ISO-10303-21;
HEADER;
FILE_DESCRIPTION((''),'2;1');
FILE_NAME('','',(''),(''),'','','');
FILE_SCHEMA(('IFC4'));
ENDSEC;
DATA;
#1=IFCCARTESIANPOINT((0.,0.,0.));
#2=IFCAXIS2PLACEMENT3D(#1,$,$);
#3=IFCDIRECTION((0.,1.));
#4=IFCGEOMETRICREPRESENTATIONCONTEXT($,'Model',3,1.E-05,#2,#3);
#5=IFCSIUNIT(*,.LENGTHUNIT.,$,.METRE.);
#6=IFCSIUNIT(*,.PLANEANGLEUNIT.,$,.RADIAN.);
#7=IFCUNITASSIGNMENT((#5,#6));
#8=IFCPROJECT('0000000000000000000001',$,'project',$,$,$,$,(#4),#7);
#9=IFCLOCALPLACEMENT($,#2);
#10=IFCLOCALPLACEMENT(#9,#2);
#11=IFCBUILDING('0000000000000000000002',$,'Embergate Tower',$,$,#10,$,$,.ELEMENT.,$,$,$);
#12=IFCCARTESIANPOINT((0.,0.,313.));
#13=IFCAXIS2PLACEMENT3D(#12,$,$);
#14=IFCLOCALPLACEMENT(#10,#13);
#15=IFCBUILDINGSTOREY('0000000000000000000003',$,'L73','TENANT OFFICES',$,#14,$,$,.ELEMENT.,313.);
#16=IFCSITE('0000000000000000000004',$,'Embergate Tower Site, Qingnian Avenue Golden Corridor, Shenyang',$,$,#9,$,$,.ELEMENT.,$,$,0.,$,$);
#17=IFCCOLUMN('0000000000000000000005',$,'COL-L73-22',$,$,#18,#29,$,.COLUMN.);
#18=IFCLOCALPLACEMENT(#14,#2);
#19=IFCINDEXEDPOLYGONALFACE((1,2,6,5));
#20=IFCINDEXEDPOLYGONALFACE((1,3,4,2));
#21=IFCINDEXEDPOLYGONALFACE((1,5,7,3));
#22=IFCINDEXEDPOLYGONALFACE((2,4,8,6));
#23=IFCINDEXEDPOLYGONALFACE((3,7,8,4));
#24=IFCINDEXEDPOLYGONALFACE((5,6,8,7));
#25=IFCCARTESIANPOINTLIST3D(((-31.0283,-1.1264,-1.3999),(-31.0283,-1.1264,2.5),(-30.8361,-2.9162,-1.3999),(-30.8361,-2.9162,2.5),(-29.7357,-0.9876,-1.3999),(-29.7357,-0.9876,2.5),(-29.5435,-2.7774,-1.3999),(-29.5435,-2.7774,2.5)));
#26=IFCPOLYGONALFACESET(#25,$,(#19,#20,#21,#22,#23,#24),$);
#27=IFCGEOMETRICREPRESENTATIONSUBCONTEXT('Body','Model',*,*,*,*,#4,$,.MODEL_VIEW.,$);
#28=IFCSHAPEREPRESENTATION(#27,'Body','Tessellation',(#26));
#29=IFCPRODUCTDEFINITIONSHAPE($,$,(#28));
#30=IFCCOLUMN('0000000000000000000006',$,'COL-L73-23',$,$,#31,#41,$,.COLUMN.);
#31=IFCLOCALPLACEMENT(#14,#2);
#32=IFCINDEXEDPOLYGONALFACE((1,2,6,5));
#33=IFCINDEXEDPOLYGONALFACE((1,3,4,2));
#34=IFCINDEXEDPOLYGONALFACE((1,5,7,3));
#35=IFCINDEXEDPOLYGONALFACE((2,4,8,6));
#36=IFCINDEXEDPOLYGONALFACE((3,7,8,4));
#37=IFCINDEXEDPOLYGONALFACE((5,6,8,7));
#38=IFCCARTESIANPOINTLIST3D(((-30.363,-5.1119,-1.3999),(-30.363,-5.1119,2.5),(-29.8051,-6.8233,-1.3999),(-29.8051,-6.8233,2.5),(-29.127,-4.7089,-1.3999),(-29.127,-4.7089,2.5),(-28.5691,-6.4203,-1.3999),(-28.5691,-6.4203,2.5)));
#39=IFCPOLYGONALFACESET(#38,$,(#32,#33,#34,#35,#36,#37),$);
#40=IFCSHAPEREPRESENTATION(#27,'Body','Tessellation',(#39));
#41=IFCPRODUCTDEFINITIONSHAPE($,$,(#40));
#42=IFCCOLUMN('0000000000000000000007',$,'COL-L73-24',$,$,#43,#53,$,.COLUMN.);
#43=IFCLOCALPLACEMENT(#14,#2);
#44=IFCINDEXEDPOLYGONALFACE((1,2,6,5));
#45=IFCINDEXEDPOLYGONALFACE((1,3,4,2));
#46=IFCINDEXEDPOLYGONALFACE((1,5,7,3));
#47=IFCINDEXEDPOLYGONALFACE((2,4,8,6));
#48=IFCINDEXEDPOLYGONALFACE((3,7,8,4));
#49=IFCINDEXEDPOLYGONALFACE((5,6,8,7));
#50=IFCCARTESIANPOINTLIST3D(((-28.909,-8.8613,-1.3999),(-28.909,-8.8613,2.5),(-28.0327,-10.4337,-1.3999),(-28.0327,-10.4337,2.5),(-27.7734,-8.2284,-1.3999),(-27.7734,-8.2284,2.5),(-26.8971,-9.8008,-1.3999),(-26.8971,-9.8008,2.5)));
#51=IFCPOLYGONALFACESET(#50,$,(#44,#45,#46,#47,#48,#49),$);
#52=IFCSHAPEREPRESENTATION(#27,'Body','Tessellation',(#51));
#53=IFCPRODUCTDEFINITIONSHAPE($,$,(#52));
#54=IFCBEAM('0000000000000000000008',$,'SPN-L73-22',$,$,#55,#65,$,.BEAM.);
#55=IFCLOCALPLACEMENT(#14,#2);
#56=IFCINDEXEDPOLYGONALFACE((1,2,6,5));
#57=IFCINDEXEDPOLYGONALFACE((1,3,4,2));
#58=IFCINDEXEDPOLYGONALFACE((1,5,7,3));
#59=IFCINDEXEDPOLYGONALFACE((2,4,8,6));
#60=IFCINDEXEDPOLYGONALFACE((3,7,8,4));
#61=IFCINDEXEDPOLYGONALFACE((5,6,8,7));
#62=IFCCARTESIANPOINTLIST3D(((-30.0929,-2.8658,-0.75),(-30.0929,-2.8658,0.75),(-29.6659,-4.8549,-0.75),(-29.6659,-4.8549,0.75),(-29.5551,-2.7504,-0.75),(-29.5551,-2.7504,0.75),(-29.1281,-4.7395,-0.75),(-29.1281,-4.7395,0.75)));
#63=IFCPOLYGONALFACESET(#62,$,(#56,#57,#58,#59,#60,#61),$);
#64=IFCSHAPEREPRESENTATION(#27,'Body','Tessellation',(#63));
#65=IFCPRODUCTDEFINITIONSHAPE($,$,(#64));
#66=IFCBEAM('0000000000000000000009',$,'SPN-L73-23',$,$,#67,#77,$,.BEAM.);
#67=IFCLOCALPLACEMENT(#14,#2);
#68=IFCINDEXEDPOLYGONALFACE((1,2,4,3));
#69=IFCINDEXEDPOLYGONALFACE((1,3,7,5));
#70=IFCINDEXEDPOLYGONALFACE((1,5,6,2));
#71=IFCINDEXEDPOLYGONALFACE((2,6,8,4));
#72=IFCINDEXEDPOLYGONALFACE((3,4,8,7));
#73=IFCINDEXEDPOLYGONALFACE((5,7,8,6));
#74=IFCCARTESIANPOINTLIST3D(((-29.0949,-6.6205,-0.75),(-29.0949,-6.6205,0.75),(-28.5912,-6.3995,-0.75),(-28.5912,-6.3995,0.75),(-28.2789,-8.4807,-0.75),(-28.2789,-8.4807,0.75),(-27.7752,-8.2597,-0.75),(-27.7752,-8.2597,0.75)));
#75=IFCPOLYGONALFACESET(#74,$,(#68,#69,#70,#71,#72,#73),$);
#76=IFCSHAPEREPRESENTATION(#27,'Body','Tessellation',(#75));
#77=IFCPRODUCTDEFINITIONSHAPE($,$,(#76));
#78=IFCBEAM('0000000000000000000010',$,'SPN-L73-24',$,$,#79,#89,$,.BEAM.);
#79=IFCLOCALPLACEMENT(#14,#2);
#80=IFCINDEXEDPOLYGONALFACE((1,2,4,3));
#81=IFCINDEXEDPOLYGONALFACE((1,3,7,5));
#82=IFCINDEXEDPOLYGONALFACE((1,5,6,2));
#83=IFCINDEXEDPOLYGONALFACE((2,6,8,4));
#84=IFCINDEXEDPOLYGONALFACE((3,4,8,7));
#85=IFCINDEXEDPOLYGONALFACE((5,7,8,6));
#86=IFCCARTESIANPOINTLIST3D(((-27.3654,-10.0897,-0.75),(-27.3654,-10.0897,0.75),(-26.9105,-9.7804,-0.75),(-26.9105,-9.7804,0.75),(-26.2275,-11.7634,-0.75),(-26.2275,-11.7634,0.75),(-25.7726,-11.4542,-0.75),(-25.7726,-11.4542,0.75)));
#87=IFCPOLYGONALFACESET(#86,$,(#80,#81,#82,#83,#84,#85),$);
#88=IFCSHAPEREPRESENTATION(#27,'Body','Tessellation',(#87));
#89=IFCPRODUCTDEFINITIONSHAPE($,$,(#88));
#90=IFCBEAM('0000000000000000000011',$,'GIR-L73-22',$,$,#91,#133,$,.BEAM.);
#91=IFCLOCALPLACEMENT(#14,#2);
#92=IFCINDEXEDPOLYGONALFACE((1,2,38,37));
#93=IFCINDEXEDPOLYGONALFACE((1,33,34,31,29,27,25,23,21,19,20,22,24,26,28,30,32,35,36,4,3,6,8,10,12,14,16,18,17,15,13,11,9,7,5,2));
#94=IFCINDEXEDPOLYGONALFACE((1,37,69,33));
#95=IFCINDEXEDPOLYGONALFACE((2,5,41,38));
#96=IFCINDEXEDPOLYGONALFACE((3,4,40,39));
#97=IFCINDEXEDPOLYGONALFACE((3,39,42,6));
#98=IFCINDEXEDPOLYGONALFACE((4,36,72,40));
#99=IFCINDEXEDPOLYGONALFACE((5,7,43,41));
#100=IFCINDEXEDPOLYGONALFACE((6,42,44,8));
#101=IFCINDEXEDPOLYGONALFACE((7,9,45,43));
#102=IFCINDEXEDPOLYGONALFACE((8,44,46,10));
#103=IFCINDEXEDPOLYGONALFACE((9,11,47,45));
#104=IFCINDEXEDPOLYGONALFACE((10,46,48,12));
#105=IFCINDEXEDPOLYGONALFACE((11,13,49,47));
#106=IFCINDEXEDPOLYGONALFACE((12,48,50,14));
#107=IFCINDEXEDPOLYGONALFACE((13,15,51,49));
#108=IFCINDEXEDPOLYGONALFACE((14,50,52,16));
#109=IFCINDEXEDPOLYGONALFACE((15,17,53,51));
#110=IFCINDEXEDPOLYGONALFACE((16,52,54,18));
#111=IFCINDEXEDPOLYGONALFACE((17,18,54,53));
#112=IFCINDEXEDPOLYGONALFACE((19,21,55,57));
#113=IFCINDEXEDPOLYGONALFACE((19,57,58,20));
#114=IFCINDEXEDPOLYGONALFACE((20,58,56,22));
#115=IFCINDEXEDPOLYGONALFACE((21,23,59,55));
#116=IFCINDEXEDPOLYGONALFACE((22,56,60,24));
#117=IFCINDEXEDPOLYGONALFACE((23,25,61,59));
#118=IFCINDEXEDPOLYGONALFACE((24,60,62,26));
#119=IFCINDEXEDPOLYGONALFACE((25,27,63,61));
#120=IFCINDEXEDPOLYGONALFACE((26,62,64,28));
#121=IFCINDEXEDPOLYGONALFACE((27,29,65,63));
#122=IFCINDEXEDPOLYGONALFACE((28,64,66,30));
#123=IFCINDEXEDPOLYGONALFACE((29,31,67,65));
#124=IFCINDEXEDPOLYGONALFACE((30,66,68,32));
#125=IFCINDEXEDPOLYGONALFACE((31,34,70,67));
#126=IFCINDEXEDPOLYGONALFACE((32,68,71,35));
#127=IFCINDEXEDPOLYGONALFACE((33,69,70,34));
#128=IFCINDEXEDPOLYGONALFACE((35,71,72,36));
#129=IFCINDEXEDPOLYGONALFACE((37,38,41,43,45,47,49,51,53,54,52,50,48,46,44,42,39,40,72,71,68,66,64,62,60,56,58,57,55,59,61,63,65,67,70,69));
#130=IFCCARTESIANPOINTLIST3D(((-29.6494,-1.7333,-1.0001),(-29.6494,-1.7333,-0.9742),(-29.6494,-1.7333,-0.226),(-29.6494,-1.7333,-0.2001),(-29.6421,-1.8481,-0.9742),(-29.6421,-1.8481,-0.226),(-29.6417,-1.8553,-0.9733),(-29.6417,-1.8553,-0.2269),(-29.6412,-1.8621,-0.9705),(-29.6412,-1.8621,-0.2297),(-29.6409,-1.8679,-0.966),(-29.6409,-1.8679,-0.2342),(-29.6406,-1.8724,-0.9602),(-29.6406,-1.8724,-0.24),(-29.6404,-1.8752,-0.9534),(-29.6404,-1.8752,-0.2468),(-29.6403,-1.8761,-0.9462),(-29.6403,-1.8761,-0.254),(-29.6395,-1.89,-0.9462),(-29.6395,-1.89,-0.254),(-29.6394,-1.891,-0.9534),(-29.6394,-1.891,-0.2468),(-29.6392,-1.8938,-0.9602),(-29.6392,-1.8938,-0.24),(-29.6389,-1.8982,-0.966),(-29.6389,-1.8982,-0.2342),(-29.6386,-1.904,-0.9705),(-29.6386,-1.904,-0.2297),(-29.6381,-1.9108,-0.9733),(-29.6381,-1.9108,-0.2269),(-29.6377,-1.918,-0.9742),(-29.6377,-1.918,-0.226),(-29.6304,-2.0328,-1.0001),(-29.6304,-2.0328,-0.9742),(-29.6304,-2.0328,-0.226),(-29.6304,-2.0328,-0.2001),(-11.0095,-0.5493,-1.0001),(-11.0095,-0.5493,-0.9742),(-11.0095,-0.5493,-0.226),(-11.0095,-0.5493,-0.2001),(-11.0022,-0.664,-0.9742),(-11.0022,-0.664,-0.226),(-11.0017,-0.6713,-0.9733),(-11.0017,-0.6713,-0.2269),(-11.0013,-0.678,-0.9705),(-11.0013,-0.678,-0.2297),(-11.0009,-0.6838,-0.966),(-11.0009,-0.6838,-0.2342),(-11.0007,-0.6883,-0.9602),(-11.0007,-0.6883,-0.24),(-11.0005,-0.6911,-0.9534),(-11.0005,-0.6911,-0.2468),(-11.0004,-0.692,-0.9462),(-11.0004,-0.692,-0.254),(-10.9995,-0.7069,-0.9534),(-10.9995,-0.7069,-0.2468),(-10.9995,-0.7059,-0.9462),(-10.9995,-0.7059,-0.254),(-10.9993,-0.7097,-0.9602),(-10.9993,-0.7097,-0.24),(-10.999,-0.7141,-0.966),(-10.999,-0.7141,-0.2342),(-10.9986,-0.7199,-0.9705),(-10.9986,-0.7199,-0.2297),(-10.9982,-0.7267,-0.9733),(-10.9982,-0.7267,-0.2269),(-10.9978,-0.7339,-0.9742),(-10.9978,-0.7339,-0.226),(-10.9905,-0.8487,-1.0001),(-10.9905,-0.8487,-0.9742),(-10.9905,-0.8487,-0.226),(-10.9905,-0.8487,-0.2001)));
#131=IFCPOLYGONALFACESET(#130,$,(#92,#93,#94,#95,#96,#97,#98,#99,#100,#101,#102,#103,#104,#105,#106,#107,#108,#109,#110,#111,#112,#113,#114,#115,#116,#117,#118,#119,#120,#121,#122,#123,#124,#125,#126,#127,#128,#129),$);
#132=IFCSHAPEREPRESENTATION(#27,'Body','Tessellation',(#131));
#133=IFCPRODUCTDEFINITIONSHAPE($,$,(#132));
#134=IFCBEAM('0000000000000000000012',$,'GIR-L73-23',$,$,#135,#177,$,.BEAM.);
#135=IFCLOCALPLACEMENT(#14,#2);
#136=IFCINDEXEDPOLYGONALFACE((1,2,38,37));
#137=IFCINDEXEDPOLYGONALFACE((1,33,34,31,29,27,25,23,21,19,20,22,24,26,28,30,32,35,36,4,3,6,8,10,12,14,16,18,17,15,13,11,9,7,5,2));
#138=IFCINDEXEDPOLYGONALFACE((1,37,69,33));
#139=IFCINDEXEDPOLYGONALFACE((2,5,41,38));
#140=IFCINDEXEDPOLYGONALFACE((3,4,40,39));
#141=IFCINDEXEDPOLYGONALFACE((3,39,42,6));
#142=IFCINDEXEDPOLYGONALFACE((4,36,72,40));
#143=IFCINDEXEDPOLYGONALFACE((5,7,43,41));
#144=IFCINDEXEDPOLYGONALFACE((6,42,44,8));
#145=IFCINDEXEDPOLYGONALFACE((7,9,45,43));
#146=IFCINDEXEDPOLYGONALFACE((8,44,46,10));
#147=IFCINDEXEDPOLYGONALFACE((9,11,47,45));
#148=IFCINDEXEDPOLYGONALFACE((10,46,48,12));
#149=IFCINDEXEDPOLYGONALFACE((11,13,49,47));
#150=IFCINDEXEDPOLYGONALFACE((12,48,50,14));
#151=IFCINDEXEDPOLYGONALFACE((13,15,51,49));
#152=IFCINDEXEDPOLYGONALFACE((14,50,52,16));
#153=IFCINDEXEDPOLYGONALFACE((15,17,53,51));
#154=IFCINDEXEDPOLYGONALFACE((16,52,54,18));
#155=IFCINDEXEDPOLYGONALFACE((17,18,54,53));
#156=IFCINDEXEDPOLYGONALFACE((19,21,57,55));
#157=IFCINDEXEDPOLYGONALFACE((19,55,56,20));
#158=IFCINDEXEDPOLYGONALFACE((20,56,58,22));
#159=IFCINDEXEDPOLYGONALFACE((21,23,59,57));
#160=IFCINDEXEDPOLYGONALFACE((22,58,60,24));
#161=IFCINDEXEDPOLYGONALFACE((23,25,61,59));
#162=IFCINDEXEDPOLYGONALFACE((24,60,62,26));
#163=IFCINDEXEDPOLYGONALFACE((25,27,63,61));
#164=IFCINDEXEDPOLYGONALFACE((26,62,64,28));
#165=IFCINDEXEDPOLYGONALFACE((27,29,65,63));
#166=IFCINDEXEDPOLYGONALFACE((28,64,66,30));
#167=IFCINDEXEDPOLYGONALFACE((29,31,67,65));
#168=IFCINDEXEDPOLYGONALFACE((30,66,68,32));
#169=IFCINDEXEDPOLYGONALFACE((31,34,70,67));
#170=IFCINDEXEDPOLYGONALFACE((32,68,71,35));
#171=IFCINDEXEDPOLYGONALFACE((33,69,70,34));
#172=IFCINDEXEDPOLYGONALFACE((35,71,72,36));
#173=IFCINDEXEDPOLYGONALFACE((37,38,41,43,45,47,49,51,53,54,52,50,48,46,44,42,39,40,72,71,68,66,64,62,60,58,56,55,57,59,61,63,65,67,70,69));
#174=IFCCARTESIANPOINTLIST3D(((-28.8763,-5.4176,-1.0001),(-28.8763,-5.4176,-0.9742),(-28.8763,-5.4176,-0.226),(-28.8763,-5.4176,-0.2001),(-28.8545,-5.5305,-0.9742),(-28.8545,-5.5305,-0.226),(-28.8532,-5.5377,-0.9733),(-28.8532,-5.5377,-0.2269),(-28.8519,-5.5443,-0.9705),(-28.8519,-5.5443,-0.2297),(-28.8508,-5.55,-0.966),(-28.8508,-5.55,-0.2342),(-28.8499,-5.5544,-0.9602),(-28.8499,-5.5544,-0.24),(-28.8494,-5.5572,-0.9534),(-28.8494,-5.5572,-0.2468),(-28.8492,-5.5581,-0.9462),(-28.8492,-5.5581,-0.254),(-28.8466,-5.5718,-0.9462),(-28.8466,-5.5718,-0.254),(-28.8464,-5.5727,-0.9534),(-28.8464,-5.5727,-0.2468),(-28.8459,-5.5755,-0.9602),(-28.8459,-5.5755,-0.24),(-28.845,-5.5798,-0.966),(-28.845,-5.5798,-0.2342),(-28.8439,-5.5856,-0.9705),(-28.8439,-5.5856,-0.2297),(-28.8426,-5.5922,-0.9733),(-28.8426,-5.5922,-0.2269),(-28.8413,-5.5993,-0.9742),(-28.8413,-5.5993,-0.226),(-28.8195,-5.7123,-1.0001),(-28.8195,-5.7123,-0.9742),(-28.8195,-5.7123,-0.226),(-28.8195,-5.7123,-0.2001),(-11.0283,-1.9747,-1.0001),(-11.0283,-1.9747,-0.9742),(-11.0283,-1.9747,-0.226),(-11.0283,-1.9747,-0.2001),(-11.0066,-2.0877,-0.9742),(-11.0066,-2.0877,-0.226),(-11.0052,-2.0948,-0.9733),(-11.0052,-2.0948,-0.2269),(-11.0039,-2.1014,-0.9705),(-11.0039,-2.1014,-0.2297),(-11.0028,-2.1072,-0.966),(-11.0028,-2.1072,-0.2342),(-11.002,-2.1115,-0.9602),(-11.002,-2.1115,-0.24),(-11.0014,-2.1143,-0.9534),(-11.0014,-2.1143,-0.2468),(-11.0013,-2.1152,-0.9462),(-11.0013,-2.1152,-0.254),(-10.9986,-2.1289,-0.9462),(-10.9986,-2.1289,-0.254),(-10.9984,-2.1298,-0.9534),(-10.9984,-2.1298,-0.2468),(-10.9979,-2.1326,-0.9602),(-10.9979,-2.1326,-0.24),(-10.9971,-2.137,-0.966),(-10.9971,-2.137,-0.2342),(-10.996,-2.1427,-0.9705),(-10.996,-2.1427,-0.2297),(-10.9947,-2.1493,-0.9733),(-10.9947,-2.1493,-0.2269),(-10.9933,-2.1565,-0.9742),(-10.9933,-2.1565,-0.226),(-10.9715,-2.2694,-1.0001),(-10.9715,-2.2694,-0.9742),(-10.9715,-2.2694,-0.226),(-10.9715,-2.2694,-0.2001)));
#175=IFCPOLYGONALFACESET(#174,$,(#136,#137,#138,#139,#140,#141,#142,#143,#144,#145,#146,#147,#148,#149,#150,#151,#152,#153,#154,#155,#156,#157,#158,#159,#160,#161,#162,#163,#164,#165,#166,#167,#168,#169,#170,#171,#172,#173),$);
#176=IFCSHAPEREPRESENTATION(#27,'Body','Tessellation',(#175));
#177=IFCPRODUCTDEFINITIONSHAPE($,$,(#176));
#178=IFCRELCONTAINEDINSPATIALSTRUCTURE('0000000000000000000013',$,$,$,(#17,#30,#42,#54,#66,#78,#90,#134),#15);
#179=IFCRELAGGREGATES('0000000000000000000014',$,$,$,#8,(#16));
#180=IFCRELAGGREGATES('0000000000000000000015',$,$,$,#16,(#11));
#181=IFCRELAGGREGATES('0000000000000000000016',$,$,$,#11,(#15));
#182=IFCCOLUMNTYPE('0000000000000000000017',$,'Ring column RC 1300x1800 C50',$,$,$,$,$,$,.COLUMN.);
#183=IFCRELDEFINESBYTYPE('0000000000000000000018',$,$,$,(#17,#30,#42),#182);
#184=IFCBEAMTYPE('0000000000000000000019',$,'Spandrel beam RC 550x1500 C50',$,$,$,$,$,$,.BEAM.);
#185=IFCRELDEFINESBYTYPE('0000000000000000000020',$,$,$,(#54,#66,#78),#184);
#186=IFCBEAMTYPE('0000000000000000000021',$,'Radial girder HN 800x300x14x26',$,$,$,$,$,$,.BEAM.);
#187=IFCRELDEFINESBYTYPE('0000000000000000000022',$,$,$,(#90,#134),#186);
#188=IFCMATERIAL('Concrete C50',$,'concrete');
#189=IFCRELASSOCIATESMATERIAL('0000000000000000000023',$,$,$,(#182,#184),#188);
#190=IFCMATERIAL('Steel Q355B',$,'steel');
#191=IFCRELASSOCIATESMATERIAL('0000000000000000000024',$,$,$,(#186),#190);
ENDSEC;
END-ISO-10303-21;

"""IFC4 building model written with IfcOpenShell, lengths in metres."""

from ifc_helpers import new_model, si_unit, direction, frame, origin, origin_2d, place, context, subcontext, project, spatial, rectangle, i_section, extrude, source, transform, mapped, material, material_profile, profile_set, type_object, element, save


model = new_model("IFC4")

# Units and contexts
model_context = context("Model", 3, precision=1e-05, world=origin(), true_north=direction((0.0, 1.0)))
body_context = subcontext(model_context, "Body", "Model", "MODEL_VIEW")
ifc_project = project(units=[si_unit("LENGTHUNIT", "METRE"), si_unit("PLANEANGLEUNIT", "RADIAN")], contexts=[model_context])

# Site, building, storey
site_placement = place(None, origin())
site = spatial("IfcSite", under=ifc_project, at=site_placement, Name="Embergate Tower Site, Qingnian Avenue Golden Corridor, Shenyang", CompositionType="ELEMENT", RefElevation=0.0)
building_placement = place(site_placement, origin())
building = spatial("IfcBuilding", under=site, at=building_placement, Name="Embergate Tower", CompositionType="ELEMENT")
storey_placement = place(building_placement, frame((0.0, 0.0, 313.0)))
storey = spatial("IfcBuildingStorey", under=building, at=storey_placement, Name="L73", Description="TENANT OFFICES", CompositionType="ELEMENT", Elevation=313.0)

# Columns
ifc_material_1 = material(Name="Concrete C50", Category="concrete")
ifc_material_profile_1 = material_profile(ifc_material_1, rectangle(XDim=1.3, YDim=1.8, at=origin_2d()), Name="RC 1300x1800")
ifc_profile_set_1 = profile_set([ifc_material_profile_1], Name="Concrete C50")
column_type = type_object("IfcColumnType", Name="Ring column RC 1300x1800 C50", PredefinedType="COLUMN", material=ifc_profile_set_1)
shared_shape_1 = source(origin(), body_context, "Body", "SweptSolid", [
    extrude(rectangle(XDim=1.3, YDim=1.8, at=origin_2d()), origin(), (0.0, 0.0, 1.0), 3.8999),
])
for number, where, z_axis, x_axis, name in (
    (1, (-30.2859, -1.9519, -1.3999), (0.0, 0.0, 1.0), (-0.994286, -0.10675, 0.0), "COL-L73-22"),
    (2, (-29.4661, -5.7661, -1.3999), (0.0, 0.0, 1.0), (-0.950754, -0.309946, 0.0), "COL-L73-23"),
    (3, (-27.9031, -9.3311, -1.3999), (0.0, 0.0, 1.0), (-0.8735, -0.486823, 0.0), "COL-L73-24"),
):
    element("IfcColumn", number, at=place(storey_placement, frame(where, z_axis=z_axis, x_axis=x_axis)), inside=storey, type_object=column_type, Name=name, PredefinedType="COLUMN", context=body_context, shape_type="MappedRepresentation", body=[
        mapped(shared_shape_1, transform((0.0, 0.0, 0.0))),
    ])

# Beams
ifc_material_profile_2 = material_profile(ifc_material_1, rectangle(XDim=0.55, YDim=1.5, at=origin_2d()), Name="RC 550x1500")
ifc_profile_set_2 = profile_set([ifc_material_profile_2], Name="Concrete C50")
beam_type_1 = type_object("IfcBeamType", Name="Spandrel beam RC 550x1500 C50", PredefinedType="BEAM", material=ifc_profile_set_2)
shared_shape_2 = source(origin(), body_context, "Body", "SweptSolid", [
    extrude(rectangle(XDim=0.55, YDim=1.5, at=origin_2d()), origin(), (0.0, 0.0, 1.0), 2.0344),
])
beam_1_placement = place(storey_placement, frame((-29.824, -2.8081, 0.0), z_axis=(0.209898, -0.977723, 0.0), x_axis=(0.977723, 0.209898, 0.0)))
element("IfcBeam", 4, at=beam_1_placement, inside=storey, type_object=beam_type_1, Name="SPN-L73-22", PredefinedType="BEAM", context=body_context, shape_type="MappedRepresentation", body=[
    mapped(shared_shape_2, transform((0.0, 0.0, 0.0))),
])
shared_shape_3 = source(origin(), body_context, "Body", "SweptSolid", [
    extrude(rectangle(XDim=0.55, YDim=1.5, at=origin_2d()), origin(), (0.0, 0.0, 1.0), 2.0312),
])
beam_2_placement = place(storey_placement, frame((-28.843, -6.51, 0.0), z_axis=(0.401695, -0.915773, 0.0), x_axis=(0.915773, 0.401695, 0.0)))
element("IfcBeam", 5, at=beam_2_placement, inside=storey, type_object=beam_type_1, Name="SPN-L73-23", PredefinedType="BEAM", context=body_context, shape_type="MappedRepresentation", body=[
    mapped(shared_shape_3, transform((0.0, 0.0, 0.0))),
])
shared_shape_4 = source(origin(), body_context, "Body", "SweptSolid", [
    extrude(rectangle(XDim=0.55, YDim=1.5, at=origin_2d()), origin(), (0.0, 0.0, 1.0), 2.0239),
])
beam_3_placement = place(storey_placement, frame((-27.1379, -9.9351, 0.0), z_axis=(0.562221, -0.826987, 0.0), x_axis=(0.826987, 0.562221, 0.0)))
element("IfcBeam", 6, at=beam_3_placement, inside=storey, type_object=beam_type_1, Name="SPN-L73-24", PredefinedType="BEAM", context=body_context, shape_type="MappedRepresentation", body=[
    mapped(shared_shape_4, transform((0.0, 0.0, 0.0))),
])
ifc_material_2 = material(Name="Steel Q355B", Category="steel")
ifc_material_profile_3 = material_profile(ifc_material_2, i_section(OverallWidth=0.3, OverallDepth=0.8, WebThickness=0.0139, FlangeThickness=0.0259, FilletRadius=0.0281, at=origin_2d()), Name="HN 800x300x14x26")
ifc_profile_set_3 = profile_set([ifc_material_profile_3], Name="Steel Q355 grade B")
beam_type_2 = type_object("IfcBeamType", Name="Radial girder HN 800x300x14x26", PredefinedType="BEAM", material=ifc_profile_set_3)
shared_shape_5 = source(origin(), body_context, "Body", "SweptSolid", [
    extrude(i_section(OverallWidth=0.3, OverallDepth=0.8, WebThickness=0.0139, FlangeThickness=0.0259, FilletRadius=0.0281, at=origin_2d()), origin(), (0.0, 0.0, 1.0), 18.6775),
])
beam_4_placement = place(storey_placement, frame((-29.6399, -1.8831, -0.6001), z_axis=(0.997988, 0.063396, 0.0), x_axis=(-0.063396, 0.997988, 0.0)))
element("IfcBeam", 7, at=beam_4_placement, inside=storey, type_object=beam_type_2, Name="GIR-L73-22", PredefinedType="BEAM", context=body_context, shape_type="MappedRepresentation", body=[
    mapped(shared_shape_5, transform((0.0, 0.0, 0.0))),
])
shared_shape_6 = source(origin(), body_context, "Body", "SweptSolid", [
    extrude(i_section(OverallWidth=0.3, OverallDepth=0.8, WebThickness=0.0139, FlangeThickness=0.0259, FilletRadius=0.0281, at=origin_2d()), origin(), (0.0, 0.0, 1.0), 18.177),
])
beam_5_placement = place(storey_placement, frame((-28.8479, -5.5649, -0.6001), z_axis=(0.981898, 0.189409, 0.0), x_axis=(-0.189409, 0.981898, 0.0)))
element("IfcBeam", 8, at=beam_5_placement, inside=storey, type_object=beam_type_2, Name="GIR-L73-23", PredefinedType="BEAM", context=body_context, shape_type="MappedRepresentation", body=[
    mapped(shared_shape_6, transform((0.0, 0.0, 0.0))),
])

save(model, "model.ifc")
